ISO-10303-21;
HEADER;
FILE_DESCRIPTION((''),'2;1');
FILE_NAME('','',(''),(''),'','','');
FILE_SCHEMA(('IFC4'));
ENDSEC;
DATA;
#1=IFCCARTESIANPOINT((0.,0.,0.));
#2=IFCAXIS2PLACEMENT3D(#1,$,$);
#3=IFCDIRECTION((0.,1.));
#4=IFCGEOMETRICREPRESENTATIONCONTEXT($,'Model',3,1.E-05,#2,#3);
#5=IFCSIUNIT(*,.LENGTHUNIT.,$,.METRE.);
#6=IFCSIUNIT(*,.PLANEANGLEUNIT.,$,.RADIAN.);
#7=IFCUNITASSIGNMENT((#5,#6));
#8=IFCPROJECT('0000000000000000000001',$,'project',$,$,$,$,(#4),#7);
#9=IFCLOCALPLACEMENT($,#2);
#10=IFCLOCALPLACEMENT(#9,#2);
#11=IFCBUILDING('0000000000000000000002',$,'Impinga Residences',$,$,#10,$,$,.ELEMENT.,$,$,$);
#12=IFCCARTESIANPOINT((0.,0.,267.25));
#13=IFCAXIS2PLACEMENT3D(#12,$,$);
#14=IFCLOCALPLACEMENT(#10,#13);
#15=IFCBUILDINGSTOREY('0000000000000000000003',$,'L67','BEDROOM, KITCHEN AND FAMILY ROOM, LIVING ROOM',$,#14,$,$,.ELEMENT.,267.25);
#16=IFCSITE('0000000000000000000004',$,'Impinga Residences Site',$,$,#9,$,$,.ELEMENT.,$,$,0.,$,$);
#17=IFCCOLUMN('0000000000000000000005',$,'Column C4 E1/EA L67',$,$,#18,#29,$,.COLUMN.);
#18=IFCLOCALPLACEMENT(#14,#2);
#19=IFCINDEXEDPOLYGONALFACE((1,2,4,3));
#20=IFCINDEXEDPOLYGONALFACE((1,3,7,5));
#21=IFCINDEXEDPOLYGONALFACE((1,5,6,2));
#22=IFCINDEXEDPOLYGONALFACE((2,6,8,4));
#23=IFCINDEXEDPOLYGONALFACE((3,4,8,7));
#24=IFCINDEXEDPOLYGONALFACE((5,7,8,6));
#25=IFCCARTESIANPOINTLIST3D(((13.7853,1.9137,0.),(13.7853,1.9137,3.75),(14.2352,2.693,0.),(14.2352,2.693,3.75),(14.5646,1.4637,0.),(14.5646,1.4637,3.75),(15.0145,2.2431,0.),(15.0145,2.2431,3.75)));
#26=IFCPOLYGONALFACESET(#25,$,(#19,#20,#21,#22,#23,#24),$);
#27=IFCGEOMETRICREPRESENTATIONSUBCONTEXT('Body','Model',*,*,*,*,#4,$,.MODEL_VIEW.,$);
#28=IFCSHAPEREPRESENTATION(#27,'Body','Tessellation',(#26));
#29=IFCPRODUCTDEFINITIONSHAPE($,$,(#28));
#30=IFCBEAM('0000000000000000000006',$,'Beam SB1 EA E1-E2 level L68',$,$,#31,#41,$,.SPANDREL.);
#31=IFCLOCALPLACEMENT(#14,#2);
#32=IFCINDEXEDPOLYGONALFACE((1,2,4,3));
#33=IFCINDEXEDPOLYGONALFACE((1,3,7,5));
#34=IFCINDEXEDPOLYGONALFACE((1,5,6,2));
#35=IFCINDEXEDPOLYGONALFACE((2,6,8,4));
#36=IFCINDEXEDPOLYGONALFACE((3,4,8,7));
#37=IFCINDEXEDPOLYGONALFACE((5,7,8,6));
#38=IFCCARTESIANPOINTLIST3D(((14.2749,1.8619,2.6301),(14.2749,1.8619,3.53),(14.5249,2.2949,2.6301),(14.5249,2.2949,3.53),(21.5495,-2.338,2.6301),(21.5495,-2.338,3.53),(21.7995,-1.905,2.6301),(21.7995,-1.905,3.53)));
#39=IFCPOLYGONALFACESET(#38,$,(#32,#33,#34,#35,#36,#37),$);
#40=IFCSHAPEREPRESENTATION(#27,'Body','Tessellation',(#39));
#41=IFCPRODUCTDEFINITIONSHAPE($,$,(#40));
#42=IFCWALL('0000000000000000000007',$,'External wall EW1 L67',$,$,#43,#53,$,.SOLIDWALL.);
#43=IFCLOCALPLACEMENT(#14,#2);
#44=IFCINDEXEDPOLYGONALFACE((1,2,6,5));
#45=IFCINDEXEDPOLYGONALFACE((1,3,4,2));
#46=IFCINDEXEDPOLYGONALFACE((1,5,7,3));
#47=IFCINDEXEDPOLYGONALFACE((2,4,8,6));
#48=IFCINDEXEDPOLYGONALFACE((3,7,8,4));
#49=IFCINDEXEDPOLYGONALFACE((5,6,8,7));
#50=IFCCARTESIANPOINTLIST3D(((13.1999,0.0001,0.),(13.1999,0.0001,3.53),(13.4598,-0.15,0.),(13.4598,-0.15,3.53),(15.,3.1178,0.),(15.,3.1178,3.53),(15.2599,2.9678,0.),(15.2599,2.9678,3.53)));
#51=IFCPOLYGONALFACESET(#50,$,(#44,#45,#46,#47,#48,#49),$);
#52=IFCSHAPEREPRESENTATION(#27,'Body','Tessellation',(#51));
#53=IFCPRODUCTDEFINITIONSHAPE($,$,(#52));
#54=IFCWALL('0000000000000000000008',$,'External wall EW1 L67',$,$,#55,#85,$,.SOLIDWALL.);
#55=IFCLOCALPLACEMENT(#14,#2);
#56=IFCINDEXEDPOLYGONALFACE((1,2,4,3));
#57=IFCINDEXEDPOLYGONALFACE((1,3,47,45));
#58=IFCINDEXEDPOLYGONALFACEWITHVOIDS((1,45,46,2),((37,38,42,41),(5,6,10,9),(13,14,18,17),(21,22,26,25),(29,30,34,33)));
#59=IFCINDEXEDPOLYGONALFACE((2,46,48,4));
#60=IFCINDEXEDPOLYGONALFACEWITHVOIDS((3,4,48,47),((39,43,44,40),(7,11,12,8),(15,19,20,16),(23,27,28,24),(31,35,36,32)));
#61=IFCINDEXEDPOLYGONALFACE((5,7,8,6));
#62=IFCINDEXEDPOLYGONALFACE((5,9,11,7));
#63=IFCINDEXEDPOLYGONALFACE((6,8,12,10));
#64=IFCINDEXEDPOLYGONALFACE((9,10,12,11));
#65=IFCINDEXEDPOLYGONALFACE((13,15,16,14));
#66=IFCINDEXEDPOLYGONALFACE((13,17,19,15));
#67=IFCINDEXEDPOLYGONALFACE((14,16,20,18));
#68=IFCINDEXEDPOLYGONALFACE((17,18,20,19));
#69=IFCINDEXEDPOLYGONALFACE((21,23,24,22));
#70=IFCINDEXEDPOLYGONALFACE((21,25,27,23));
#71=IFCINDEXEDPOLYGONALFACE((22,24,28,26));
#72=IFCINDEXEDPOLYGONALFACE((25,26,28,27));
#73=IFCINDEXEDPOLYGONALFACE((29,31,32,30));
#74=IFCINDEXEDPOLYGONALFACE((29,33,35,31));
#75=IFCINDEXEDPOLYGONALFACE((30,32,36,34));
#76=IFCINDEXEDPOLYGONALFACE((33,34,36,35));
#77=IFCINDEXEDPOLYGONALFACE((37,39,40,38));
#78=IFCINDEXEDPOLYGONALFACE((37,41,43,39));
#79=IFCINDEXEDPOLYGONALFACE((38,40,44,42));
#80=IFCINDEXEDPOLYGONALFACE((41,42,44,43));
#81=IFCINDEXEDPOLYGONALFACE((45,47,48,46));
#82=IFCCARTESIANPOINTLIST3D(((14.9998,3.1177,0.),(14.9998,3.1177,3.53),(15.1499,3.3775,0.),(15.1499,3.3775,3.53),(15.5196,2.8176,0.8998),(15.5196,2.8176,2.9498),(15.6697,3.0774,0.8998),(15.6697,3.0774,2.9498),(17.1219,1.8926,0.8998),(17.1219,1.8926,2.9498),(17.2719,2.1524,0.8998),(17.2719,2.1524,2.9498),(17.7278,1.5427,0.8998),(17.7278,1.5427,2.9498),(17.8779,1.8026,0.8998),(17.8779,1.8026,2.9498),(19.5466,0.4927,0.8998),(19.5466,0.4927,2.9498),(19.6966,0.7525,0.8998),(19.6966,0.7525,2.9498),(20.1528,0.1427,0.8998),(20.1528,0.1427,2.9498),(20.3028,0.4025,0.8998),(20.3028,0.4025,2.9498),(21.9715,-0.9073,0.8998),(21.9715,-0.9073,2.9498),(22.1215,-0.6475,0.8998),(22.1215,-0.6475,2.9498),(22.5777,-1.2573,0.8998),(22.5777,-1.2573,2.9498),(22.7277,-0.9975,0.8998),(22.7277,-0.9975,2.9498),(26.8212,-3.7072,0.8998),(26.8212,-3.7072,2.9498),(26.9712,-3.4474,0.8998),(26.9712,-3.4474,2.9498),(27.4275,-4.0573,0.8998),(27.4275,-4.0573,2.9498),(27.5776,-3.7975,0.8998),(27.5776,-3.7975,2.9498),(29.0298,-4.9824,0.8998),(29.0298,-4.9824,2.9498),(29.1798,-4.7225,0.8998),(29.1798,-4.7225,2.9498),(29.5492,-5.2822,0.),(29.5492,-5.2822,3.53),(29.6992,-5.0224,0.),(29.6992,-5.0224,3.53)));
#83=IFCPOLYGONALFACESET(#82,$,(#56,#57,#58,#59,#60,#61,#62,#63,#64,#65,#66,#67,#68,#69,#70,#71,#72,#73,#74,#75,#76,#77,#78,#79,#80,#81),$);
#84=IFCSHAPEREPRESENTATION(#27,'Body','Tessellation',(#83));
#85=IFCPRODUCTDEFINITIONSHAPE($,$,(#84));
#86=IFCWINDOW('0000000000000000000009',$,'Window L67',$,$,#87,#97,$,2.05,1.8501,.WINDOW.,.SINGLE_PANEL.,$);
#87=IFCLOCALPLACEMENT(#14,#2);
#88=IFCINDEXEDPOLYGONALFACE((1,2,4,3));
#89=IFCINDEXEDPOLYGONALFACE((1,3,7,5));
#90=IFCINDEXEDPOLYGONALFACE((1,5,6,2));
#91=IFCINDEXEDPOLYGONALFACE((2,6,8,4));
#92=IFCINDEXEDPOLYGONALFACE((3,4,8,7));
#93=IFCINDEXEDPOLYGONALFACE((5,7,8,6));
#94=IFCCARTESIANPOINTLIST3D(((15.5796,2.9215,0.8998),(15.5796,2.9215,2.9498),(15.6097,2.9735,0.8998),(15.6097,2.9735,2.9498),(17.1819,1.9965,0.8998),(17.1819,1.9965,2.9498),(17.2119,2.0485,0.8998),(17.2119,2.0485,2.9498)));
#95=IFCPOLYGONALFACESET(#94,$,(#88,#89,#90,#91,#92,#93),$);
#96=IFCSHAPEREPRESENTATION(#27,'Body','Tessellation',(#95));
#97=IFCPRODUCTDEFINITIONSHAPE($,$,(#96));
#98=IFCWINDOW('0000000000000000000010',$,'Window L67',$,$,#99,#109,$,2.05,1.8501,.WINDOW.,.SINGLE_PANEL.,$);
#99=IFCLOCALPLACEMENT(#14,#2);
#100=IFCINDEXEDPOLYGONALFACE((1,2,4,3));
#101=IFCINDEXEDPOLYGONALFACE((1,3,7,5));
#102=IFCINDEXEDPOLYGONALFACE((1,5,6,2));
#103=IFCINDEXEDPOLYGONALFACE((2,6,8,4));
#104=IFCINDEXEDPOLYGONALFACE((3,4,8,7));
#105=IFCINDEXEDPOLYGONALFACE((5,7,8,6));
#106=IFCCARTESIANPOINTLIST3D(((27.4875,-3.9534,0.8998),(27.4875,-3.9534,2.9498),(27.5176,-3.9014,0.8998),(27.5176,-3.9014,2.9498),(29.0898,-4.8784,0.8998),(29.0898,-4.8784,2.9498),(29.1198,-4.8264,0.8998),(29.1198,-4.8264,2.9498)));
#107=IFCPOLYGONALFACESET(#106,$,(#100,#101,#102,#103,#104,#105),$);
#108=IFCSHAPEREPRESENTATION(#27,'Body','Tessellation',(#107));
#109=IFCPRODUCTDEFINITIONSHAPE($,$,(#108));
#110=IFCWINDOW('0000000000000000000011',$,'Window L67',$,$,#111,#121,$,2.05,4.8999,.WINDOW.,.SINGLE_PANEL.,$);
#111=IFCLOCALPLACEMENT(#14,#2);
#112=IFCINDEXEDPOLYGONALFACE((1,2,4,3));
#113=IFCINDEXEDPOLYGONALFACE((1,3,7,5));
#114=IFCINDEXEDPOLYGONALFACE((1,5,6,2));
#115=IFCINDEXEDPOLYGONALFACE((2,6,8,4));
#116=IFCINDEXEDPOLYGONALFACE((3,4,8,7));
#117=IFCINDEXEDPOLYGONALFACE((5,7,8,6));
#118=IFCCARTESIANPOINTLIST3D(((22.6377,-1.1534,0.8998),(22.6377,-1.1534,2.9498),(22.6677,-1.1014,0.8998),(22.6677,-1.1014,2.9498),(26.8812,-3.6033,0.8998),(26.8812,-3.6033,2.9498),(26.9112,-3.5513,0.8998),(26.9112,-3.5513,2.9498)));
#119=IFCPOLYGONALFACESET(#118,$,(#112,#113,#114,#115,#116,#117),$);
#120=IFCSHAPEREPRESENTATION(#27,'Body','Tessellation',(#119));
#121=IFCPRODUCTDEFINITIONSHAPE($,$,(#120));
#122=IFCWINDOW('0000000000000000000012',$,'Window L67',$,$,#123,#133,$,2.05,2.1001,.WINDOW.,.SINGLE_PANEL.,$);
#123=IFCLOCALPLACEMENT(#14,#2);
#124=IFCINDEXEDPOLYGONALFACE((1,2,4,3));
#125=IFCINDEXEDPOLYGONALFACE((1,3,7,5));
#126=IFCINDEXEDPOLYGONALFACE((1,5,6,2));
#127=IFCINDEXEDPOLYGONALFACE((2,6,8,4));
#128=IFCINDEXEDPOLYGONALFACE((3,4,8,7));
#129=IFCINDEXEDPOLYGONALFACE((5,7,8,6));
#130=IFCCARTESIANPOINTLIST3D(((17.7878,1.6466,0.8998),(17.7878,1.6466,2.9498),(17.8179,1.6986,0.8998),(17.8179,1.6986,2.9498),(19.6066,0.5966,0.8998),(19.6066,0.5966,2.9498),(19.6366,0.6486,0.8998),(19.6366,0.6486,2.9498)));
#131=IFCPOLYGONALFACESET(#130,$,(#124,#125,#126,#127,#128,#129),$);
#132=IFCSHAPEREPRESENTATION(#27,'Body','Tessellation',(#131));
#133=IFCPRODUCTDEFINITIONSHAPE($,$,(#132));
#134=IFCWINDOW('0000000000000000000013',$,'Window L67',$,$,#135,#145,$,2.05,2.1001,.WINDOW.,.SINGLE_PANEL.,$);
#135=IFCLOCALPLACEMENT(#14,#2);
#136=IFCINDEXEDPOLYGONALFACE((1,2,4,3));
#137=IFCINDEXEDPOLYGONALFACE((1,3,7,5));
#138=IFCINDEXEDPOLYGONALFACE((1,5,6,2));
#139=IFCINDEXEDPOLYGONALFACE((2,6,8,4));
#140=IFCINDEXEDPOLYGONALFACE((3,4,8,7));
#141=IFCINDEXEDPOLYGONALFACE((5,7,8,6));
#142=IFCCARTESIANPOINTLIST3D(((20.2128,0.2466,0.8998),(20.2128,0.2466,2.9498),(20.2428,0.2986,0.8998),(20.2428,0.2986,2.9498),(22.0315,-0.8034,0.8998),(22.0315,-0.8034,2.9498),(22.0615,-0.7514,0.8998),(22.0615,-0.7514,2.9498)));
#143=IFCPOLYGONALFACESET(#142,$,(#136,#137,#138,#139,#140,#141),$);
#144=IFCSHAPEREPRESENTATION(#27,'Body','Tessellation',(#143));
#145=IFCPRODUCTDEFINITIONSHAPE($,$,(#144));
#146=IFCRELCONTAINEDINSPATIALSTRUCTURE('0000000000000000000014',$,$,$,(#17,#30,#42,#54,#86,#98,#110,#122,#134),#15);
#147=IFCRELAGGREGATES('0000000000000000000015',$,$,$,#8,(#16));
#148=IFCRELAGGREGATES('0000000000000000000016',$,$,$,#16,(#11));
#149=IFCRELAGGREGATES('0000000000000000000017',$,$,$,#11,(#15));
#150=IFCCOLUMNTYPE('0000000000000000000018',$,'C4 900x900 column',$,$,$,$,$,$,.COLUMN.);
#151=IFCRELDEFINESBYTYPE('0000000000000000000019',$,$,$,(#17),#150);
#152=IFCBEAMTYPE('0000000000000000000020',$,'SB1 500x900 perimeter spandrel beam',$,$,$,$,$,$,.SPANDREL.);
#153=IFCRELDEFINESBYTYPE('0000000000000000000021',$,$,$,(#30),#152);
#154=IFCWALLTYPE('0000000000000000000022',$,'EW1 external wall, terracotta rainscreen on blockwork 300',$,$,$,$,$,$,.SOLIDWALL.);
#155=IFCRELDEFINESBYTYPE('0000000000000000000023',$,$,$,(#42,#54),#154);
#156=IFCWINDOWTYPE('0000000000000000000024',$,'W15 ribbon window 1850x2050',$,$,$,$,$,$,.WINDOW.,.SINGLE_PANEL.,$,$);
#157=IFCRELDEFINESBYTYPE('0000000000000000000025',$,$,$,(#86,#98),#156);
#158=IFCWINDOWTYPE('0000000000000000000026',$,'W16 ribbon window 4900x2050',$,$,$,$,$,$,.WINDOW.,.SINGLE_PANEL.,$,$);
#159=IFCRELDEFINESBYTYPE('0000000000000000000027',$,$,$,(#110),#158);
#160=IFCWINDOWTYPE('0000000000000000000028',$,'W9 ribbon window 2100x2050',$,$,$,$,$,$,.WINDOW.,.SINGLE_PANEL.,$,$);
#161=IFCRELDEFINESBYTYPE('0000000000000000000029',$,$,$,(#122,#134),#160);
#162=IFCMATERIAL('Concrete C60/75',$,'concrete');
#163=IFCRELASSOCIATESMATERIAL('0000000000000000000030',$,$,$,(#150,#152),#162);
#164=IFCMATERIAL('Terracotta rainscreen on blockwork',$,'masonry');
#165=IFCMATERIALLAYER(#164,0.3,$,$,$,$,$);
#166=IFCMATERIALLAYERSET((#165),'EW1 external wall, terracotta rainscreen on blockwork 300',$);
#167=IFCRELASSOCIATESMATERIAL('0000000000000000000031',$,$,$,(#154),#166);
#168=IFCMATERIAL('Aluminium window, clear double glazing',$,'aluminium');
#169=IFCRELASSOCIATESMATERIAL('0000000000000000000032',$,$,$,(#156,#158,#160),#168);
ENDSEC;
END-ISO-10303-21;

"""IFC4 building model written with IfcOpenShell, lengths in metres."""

from ifc_helpers import new_model, si_unit, direction, frame, frame_2d, origin, origin_2d, place, context, subcontext, project, spatial, rectangle, extrude, material, layer, layer_set, material_profile, profile_set, type_object, element, fill, save


model = new_model("IFC4")

# Units and contexts
model_context = context("Model", 3, precision=1e-05, world=origin(), true_north=direction((0.0, 1.0)))
body_context = subcontext(model_context, "Body", "Model", "MODEL_VIEW")
ifc_project = project(units=[si_unit("LENGTHUNIT", "METRE"), si_unit("PLANEANGLEUNIT", "RADIAN")], contexts=[model_context])

# Site, building, storey
site_placement = place(None, origin())
site = spatial("IfcSite", under=ifc_project, at=site_placement, Name="Impinga Residences Site", CompositionType="ELEMENT", RefElevation=0.0)
building_placement = place(site_placement, origin())
building = spatial("IfcBuilding", under=site, at=building_placement, Name="Impinga Residences", CompositionType="ELEMENT")
storey_placement = place(building_placement, frame((0.0, 0.0, 267.25)))
storey = spatial("IfcBuildingStorey", under=building, at=storey_placement, Name="L67", Description="BEDROOM, KITCHEN AND FAMILY ROOM, LIVING ROOM", CompositionType="ELEMENT", Elevation=267.25)

# Column
ifc_material_1 = material(Name="Concrete C60/75", Category="concrete")
ifc_material_profile_1 = material_profile(ifc_material_1, rectangle(XDim=0.8999, YDim=0.8999, at=origin_2d()), Name="RC 900x900")
ifc_profile_set_1 = profile_set([ifc_material_profile_1], Name="Concrete C60/75")
column_type = type_object("IfcColumnType", Name="C4 900x900 column", PredefinedType="COLUMN", material=ifc_profile_set_1)
column_placement = place(storey_placement, frame((14.3999, 2.0784, 0.0), z_axis=(0.0, 0.0, 1.0), x_axis=(-0.5, -0.866025, 0.0)))
element("IfcColumn", 1, at=column_placement, inside=storey, type_object=column_type, Name="Column C4 E1/EA L67", PredefinedType="COLUMN", context=body_context, shape_type="SweptSolid", body=[
    extrude(rectangle(XDim=0.8999, YDim=0.8999, at=origin_2d()), origin(), (0.0, 0.0, 1.0), 3.75),
])

# Beam
ifc_material_profile_2 = material_profile(ifc_material_1, rectangle(XDim=0.5, YDim=0.8999, at=origin_2d()), Name="RC 500x900")
ifc_profile_set_2 = profile_set([ifc_material_profile_2], Name="Concrete C60/75")
beam_type = type_object("IfcBeamType", Name="SB1 500x900 perimeter spandrel beam", PredefinedType="SPANDREL", material=ifc_profile_set_2)
beam_placement = place(storey_placement, frame((14.3999, 2.0784, 3.0801), z_axis=(0.866029, -0.499993, 0.0), x_axis=(0.499993, 0.866029, 0.0)))
element("IfcBeam", 2, at=beam_placement, inside=storey, type_object=beam_type, Name="Beam SB1 EA E1-E2 level L68", PredefinedType="SPANDREL", context=body_context, shape_type="SweptSolid", body=[
    extrude(rectangle(XDim=0.5, YDim=0.8999, at=origin_2d()), origin(), (0.0, 0.0, 1.0), 8.3999),
])

# Wall
ifc_material_2 = material(Name="Terracotta rainscreen on blockwork", Category="masonry")
ifc_layer_1 = layer(ifc_material_2, 0.3)
ifc_layer_set_1 = layer_set([ifc_layer_1], Name="EW1 external wall, terracotta rainscreen on blockwork 300")
wall_type_1 = type_object("IfcWallType", Name="EW1 external wall, terracotta rainscreen on blockwork 300", PredefinedType="SOLIDWALL", material=ifc_layer_set_1)
wall_1_placement = place(storey_placement, frame((13.3298, -0.075, 0.0), z_axis=(0.0, 0.0, 1.0), x_axis=(0.500012, 0.866018, 0.0)))
element("IfcWall", 3, at=wall_1_placement, inside=storey, type_object=wall_type_1, Name="External wall EW1 L67", PredefinedType="SOLIDWALL", context=body_context, shape_type="SweptSolid", body=[
    extrude(rectangle(XDim=3.6001, YDim=0.3, at=frame_2d((1.8, 0.0))), origin(), (0.0, 0.0, 1.0), 3.53),
])

# Wall, openings, windows
wall_2_placement = place(storey_placement, frame((15.075, 3.2476, 0.0), z_axis=(0.0, 0.0, 1.0), x_axis=(0.866029, -0.499993, 0.0)))
wall_2 = element("IfcWall", 4, at=wall_2_placement, inside=storey, type_object=wall_type_1, Name="External wall EW1 L67", PredefinedType="SOLIDWALL", context=body_context, shape_type="SweptSolid", body=[
    extrude(rectangle(XDim=16.8, YDim=0.3, at=frame_2d((8.3999, 0.0))), origin(), (0.0, 0.0, 1.0), 3.53),
])
opening_1_placement = place(wall_2_placement, frame((0.6001, 0.0, 0.8999)))
opening_1 = element("IfcOpeningElement", 5, at=opening_1_placement, cuts=wall_2, PredefinedType="OPENING", context=body_context, shape_type="SweptSolid", body=[
    extrude(rectangle(XDim=1.8501, YDim=2.05, at=frame_2d((0.925, 1.0249))), frame((0.0, 0.1599, 0.0), z_axis=(0.0, -1.0, 0.0), x_axis=(1.0, 0.0, 0.0)), (0.0, 0.0, 1.0), 0.3201),
])
opening_2_placement = place(wall_2_placement, frame((3.1499, 0.0, 0.8999)))
opening_2 = element("IfcOpeningElement", 6, at=opening_2_placement, cuts=wall_2, PredefinedType="OPENING", context=body_context, shape_type="SweptSolid", body=[
    extrude(rectangle(XDim=2.1001, YDim=2.05, at=frame_2d((1.05, 1.0249))), frame((0.0, 0.1599, 0.0), z_axis=(0.0, -1.0, 0.0), x_axis=(1.0, 0.0, 0.0)), (0.0, 0.0, 1.0), 0.3201),
])
opening_3_placement = place(wall_2_placement, frame((5.95, 0.0, 0.8999)))
opening_3 = element("IfcOpeningElement", 7, at=opening_3_placement, cuts=wall_2, PredefinedType="OPENING", context=body_context, shape_type="SweptSolid", body=[
    extrude(rectangle(XDim=2.1001, YDim=2.05, at=frame_2d((1.05, 1.0249))), frame((0.0, 0.1599, 0.0), z_axis=(0.0, -1.0, 0.0), x_axis=(1.0, 0.0, 0.0)), (0.0, 0.0, 1.0), 0.3201),
])
opening_4_placement = place(wall_2_placement, frame((8.75, 0.0, 0.8999)))
opening_4 = element("IfcOpeningElement", 8, at=opening_4_placement, cuts=wall_2, PredefinedType="OPENING", context=body_context, shape_type="SweptSolid", body=[
    extrude(rectangle(XDim=4.8999, YDim=2.05, at=frame_2d((2.45, 1.0249))), frame((0.0, 0.1599, 0.0), z_axis=(0.0, -1.0, 0.0), x_axis=(1.0, 0.0, 0.0)), (0.0, 0.0, 1.0), 0.3201),
])
opening_5_placement = place(wall_2_placement, frame((14.3501, 0.0, 0.8999)))
opening_5 = element("IfcOpeningElement", 9, at=opening_5_placement, cuts=wall_2, PredefinedType="OPENING", context=body_context, shape_type="SweptSolid", body=[
    extrude(rectangle(XDim=1.8501, YDim=2.05, at=frame_2d((0.925, 1.0249))), frame((0.0, 0.1599, 0.0), z_axis=(0.0, -1.0, 0.0), x_axis=(1.0, 0.0, 0.0)), (0.0, 0.0, 1.0), 0.3201),
])
ifc_material_3 = material(Name="Aluminium window, clear double glazing", Category="aluminium")
window_type_1 = type_object("IfcWindowType", Name="W15 ribbon window 1850x2050", PartitioningType="SINGLE_PANEL", PredefinedType="WINDOW", material=ifc_material_3)
window_1_placement = place(opening_1_placement, origin())
window_1 = element("IfcWindow", 10, at=window_1_placement, inside=storey, type_object=window_type_1, Name="Window L67", OverallHeight=2.05, OverallWidth=1.8501, PartitioningType="SINGLE_PANEL", PredefinedType="WINDOW", context=body_context, shape_type="SweptSolid", body=[
    extrude(rectangle(XDim=1.8501, YDim=2.05, at=frame_2d((0.925, 1.0249))), frame((0.0, 0.03, 0.0), z_axis=(0.0, -1.0, 0.0), x_axis=(1.0, 0.0, 0.0)), (0.0, 0.0, 1.0), 0.0601),
])
fill(opening_1, window_1)
window_2_placement = place(opening_5_placement, origin())
window_2 = element("IfcWindow", 11, at=window_2_placement, inside=storey, type_object=window_type_1, Name="Window L67", OverallHeight=2.05, OverallWidth=1.8501, PartitioningType="SINGLE_PANEL", PredefinedType="WINDOW", context=body_context, shape_type="SweptSolid", body=[
    extrude(rectangle(XDim=1.8501, YDim=2.05, at=frame_2d((0.925, 1.0249))), frame((0.0, 0.03, 0.0), z_axis=(0.0, -1.0, 0.0), x_axis=(1.0, 0.0, 0.0)), (0.0, 0.0, 1.0), 0.0601),
])
fill(opening_5, window_2)
window_type_2 = type_object("IfcWindowType", Name="W16 ribbon window 4900x2050", PartitioningType="SINGLE_PANEL", PredefinedType="WINDOW", material=ifc_material_3)
window_3_placement = place(opening_4_placement, origin())
window_3 = element("IfcWindow", 12, at=window_3_placement, inside=storey, type_object=window_type_2, Name="Window L67", OverallHeight=2.05, OverallWidth=4.8999, PartitioningType="SINGLE_PANEL", PredefinedType="WINDOW", context=body_context, shape_type="SweptSolid", body=[
    extrude(rectangle(XDim=4.8999, YDim=2.05, at=frame_2d((2.45, 1.0249))), frame((0.0, 0.03, 0.0), z_axis=(0.0, -1.0, 0.0), x_axis=(1.0, 0.0, 0.0)), (0.0, 0.0, 1.0), 0.0601),
])
fill(opening_4, window_3)
window_type_3 = type_object("IfcWindowType", Name="W9 ribbon window 2100x2050", PartitioningType="SINGLE_PANEL", PredefinedType="WINDOW", material=ifc_material_3)
window_4_placement = place(opening_2_placement, origin())
window_4 = element("IfcWindow", 13, at=window_4_placement, inside=storey, type_object=window_type_3, Name="Window L67", OverallHeight=2.05, OverallWidth=2.1001, PartitioningType="SINGLE_PANEL", PredefinedType="WINDOW", context=body_context, shape_type="SweptSolid", body=[
    extrude(rectangle(XDim=2.1001, YDim=2.05, at=frame_2d((1.05, 1.0249))), frame((0.0, 0.03, 0.0), z_axis=(0.0, -1.0, 0.0), x_axis=(1.0, 0.0, 0.0)), (0.0, 0.0, 1.0), 0.0601),
])
fill(opening_2, window_4)
window_5_placement = place(opening_3_placement, origin())
window_5 = element("IfcWindow", 14, at=window_5_placement, inside=storey, type_object=window_type_3, Name="Window L67", OverallHeight=2.05, OverallWidth=2.1001, PartitioningType="SINGLE_PANEL", PredefinedType="WINDOW", context=body_context, shape_type="SweptSolid", body=[
    extrude(rectangle(XDim=2.1001, YDim=2.05, at=frame_2d((1.05, 1.0249))), frame((0.0, 0.03, 0.0), z_axis=(0.0, -1.0, 0.0), x_axis=(1.0, 0.0, 0.0)), (0.0, 0.0, 1.0), 0.0601),
])
fill(opening_3, window_5)

save(model, "model.ifc")
